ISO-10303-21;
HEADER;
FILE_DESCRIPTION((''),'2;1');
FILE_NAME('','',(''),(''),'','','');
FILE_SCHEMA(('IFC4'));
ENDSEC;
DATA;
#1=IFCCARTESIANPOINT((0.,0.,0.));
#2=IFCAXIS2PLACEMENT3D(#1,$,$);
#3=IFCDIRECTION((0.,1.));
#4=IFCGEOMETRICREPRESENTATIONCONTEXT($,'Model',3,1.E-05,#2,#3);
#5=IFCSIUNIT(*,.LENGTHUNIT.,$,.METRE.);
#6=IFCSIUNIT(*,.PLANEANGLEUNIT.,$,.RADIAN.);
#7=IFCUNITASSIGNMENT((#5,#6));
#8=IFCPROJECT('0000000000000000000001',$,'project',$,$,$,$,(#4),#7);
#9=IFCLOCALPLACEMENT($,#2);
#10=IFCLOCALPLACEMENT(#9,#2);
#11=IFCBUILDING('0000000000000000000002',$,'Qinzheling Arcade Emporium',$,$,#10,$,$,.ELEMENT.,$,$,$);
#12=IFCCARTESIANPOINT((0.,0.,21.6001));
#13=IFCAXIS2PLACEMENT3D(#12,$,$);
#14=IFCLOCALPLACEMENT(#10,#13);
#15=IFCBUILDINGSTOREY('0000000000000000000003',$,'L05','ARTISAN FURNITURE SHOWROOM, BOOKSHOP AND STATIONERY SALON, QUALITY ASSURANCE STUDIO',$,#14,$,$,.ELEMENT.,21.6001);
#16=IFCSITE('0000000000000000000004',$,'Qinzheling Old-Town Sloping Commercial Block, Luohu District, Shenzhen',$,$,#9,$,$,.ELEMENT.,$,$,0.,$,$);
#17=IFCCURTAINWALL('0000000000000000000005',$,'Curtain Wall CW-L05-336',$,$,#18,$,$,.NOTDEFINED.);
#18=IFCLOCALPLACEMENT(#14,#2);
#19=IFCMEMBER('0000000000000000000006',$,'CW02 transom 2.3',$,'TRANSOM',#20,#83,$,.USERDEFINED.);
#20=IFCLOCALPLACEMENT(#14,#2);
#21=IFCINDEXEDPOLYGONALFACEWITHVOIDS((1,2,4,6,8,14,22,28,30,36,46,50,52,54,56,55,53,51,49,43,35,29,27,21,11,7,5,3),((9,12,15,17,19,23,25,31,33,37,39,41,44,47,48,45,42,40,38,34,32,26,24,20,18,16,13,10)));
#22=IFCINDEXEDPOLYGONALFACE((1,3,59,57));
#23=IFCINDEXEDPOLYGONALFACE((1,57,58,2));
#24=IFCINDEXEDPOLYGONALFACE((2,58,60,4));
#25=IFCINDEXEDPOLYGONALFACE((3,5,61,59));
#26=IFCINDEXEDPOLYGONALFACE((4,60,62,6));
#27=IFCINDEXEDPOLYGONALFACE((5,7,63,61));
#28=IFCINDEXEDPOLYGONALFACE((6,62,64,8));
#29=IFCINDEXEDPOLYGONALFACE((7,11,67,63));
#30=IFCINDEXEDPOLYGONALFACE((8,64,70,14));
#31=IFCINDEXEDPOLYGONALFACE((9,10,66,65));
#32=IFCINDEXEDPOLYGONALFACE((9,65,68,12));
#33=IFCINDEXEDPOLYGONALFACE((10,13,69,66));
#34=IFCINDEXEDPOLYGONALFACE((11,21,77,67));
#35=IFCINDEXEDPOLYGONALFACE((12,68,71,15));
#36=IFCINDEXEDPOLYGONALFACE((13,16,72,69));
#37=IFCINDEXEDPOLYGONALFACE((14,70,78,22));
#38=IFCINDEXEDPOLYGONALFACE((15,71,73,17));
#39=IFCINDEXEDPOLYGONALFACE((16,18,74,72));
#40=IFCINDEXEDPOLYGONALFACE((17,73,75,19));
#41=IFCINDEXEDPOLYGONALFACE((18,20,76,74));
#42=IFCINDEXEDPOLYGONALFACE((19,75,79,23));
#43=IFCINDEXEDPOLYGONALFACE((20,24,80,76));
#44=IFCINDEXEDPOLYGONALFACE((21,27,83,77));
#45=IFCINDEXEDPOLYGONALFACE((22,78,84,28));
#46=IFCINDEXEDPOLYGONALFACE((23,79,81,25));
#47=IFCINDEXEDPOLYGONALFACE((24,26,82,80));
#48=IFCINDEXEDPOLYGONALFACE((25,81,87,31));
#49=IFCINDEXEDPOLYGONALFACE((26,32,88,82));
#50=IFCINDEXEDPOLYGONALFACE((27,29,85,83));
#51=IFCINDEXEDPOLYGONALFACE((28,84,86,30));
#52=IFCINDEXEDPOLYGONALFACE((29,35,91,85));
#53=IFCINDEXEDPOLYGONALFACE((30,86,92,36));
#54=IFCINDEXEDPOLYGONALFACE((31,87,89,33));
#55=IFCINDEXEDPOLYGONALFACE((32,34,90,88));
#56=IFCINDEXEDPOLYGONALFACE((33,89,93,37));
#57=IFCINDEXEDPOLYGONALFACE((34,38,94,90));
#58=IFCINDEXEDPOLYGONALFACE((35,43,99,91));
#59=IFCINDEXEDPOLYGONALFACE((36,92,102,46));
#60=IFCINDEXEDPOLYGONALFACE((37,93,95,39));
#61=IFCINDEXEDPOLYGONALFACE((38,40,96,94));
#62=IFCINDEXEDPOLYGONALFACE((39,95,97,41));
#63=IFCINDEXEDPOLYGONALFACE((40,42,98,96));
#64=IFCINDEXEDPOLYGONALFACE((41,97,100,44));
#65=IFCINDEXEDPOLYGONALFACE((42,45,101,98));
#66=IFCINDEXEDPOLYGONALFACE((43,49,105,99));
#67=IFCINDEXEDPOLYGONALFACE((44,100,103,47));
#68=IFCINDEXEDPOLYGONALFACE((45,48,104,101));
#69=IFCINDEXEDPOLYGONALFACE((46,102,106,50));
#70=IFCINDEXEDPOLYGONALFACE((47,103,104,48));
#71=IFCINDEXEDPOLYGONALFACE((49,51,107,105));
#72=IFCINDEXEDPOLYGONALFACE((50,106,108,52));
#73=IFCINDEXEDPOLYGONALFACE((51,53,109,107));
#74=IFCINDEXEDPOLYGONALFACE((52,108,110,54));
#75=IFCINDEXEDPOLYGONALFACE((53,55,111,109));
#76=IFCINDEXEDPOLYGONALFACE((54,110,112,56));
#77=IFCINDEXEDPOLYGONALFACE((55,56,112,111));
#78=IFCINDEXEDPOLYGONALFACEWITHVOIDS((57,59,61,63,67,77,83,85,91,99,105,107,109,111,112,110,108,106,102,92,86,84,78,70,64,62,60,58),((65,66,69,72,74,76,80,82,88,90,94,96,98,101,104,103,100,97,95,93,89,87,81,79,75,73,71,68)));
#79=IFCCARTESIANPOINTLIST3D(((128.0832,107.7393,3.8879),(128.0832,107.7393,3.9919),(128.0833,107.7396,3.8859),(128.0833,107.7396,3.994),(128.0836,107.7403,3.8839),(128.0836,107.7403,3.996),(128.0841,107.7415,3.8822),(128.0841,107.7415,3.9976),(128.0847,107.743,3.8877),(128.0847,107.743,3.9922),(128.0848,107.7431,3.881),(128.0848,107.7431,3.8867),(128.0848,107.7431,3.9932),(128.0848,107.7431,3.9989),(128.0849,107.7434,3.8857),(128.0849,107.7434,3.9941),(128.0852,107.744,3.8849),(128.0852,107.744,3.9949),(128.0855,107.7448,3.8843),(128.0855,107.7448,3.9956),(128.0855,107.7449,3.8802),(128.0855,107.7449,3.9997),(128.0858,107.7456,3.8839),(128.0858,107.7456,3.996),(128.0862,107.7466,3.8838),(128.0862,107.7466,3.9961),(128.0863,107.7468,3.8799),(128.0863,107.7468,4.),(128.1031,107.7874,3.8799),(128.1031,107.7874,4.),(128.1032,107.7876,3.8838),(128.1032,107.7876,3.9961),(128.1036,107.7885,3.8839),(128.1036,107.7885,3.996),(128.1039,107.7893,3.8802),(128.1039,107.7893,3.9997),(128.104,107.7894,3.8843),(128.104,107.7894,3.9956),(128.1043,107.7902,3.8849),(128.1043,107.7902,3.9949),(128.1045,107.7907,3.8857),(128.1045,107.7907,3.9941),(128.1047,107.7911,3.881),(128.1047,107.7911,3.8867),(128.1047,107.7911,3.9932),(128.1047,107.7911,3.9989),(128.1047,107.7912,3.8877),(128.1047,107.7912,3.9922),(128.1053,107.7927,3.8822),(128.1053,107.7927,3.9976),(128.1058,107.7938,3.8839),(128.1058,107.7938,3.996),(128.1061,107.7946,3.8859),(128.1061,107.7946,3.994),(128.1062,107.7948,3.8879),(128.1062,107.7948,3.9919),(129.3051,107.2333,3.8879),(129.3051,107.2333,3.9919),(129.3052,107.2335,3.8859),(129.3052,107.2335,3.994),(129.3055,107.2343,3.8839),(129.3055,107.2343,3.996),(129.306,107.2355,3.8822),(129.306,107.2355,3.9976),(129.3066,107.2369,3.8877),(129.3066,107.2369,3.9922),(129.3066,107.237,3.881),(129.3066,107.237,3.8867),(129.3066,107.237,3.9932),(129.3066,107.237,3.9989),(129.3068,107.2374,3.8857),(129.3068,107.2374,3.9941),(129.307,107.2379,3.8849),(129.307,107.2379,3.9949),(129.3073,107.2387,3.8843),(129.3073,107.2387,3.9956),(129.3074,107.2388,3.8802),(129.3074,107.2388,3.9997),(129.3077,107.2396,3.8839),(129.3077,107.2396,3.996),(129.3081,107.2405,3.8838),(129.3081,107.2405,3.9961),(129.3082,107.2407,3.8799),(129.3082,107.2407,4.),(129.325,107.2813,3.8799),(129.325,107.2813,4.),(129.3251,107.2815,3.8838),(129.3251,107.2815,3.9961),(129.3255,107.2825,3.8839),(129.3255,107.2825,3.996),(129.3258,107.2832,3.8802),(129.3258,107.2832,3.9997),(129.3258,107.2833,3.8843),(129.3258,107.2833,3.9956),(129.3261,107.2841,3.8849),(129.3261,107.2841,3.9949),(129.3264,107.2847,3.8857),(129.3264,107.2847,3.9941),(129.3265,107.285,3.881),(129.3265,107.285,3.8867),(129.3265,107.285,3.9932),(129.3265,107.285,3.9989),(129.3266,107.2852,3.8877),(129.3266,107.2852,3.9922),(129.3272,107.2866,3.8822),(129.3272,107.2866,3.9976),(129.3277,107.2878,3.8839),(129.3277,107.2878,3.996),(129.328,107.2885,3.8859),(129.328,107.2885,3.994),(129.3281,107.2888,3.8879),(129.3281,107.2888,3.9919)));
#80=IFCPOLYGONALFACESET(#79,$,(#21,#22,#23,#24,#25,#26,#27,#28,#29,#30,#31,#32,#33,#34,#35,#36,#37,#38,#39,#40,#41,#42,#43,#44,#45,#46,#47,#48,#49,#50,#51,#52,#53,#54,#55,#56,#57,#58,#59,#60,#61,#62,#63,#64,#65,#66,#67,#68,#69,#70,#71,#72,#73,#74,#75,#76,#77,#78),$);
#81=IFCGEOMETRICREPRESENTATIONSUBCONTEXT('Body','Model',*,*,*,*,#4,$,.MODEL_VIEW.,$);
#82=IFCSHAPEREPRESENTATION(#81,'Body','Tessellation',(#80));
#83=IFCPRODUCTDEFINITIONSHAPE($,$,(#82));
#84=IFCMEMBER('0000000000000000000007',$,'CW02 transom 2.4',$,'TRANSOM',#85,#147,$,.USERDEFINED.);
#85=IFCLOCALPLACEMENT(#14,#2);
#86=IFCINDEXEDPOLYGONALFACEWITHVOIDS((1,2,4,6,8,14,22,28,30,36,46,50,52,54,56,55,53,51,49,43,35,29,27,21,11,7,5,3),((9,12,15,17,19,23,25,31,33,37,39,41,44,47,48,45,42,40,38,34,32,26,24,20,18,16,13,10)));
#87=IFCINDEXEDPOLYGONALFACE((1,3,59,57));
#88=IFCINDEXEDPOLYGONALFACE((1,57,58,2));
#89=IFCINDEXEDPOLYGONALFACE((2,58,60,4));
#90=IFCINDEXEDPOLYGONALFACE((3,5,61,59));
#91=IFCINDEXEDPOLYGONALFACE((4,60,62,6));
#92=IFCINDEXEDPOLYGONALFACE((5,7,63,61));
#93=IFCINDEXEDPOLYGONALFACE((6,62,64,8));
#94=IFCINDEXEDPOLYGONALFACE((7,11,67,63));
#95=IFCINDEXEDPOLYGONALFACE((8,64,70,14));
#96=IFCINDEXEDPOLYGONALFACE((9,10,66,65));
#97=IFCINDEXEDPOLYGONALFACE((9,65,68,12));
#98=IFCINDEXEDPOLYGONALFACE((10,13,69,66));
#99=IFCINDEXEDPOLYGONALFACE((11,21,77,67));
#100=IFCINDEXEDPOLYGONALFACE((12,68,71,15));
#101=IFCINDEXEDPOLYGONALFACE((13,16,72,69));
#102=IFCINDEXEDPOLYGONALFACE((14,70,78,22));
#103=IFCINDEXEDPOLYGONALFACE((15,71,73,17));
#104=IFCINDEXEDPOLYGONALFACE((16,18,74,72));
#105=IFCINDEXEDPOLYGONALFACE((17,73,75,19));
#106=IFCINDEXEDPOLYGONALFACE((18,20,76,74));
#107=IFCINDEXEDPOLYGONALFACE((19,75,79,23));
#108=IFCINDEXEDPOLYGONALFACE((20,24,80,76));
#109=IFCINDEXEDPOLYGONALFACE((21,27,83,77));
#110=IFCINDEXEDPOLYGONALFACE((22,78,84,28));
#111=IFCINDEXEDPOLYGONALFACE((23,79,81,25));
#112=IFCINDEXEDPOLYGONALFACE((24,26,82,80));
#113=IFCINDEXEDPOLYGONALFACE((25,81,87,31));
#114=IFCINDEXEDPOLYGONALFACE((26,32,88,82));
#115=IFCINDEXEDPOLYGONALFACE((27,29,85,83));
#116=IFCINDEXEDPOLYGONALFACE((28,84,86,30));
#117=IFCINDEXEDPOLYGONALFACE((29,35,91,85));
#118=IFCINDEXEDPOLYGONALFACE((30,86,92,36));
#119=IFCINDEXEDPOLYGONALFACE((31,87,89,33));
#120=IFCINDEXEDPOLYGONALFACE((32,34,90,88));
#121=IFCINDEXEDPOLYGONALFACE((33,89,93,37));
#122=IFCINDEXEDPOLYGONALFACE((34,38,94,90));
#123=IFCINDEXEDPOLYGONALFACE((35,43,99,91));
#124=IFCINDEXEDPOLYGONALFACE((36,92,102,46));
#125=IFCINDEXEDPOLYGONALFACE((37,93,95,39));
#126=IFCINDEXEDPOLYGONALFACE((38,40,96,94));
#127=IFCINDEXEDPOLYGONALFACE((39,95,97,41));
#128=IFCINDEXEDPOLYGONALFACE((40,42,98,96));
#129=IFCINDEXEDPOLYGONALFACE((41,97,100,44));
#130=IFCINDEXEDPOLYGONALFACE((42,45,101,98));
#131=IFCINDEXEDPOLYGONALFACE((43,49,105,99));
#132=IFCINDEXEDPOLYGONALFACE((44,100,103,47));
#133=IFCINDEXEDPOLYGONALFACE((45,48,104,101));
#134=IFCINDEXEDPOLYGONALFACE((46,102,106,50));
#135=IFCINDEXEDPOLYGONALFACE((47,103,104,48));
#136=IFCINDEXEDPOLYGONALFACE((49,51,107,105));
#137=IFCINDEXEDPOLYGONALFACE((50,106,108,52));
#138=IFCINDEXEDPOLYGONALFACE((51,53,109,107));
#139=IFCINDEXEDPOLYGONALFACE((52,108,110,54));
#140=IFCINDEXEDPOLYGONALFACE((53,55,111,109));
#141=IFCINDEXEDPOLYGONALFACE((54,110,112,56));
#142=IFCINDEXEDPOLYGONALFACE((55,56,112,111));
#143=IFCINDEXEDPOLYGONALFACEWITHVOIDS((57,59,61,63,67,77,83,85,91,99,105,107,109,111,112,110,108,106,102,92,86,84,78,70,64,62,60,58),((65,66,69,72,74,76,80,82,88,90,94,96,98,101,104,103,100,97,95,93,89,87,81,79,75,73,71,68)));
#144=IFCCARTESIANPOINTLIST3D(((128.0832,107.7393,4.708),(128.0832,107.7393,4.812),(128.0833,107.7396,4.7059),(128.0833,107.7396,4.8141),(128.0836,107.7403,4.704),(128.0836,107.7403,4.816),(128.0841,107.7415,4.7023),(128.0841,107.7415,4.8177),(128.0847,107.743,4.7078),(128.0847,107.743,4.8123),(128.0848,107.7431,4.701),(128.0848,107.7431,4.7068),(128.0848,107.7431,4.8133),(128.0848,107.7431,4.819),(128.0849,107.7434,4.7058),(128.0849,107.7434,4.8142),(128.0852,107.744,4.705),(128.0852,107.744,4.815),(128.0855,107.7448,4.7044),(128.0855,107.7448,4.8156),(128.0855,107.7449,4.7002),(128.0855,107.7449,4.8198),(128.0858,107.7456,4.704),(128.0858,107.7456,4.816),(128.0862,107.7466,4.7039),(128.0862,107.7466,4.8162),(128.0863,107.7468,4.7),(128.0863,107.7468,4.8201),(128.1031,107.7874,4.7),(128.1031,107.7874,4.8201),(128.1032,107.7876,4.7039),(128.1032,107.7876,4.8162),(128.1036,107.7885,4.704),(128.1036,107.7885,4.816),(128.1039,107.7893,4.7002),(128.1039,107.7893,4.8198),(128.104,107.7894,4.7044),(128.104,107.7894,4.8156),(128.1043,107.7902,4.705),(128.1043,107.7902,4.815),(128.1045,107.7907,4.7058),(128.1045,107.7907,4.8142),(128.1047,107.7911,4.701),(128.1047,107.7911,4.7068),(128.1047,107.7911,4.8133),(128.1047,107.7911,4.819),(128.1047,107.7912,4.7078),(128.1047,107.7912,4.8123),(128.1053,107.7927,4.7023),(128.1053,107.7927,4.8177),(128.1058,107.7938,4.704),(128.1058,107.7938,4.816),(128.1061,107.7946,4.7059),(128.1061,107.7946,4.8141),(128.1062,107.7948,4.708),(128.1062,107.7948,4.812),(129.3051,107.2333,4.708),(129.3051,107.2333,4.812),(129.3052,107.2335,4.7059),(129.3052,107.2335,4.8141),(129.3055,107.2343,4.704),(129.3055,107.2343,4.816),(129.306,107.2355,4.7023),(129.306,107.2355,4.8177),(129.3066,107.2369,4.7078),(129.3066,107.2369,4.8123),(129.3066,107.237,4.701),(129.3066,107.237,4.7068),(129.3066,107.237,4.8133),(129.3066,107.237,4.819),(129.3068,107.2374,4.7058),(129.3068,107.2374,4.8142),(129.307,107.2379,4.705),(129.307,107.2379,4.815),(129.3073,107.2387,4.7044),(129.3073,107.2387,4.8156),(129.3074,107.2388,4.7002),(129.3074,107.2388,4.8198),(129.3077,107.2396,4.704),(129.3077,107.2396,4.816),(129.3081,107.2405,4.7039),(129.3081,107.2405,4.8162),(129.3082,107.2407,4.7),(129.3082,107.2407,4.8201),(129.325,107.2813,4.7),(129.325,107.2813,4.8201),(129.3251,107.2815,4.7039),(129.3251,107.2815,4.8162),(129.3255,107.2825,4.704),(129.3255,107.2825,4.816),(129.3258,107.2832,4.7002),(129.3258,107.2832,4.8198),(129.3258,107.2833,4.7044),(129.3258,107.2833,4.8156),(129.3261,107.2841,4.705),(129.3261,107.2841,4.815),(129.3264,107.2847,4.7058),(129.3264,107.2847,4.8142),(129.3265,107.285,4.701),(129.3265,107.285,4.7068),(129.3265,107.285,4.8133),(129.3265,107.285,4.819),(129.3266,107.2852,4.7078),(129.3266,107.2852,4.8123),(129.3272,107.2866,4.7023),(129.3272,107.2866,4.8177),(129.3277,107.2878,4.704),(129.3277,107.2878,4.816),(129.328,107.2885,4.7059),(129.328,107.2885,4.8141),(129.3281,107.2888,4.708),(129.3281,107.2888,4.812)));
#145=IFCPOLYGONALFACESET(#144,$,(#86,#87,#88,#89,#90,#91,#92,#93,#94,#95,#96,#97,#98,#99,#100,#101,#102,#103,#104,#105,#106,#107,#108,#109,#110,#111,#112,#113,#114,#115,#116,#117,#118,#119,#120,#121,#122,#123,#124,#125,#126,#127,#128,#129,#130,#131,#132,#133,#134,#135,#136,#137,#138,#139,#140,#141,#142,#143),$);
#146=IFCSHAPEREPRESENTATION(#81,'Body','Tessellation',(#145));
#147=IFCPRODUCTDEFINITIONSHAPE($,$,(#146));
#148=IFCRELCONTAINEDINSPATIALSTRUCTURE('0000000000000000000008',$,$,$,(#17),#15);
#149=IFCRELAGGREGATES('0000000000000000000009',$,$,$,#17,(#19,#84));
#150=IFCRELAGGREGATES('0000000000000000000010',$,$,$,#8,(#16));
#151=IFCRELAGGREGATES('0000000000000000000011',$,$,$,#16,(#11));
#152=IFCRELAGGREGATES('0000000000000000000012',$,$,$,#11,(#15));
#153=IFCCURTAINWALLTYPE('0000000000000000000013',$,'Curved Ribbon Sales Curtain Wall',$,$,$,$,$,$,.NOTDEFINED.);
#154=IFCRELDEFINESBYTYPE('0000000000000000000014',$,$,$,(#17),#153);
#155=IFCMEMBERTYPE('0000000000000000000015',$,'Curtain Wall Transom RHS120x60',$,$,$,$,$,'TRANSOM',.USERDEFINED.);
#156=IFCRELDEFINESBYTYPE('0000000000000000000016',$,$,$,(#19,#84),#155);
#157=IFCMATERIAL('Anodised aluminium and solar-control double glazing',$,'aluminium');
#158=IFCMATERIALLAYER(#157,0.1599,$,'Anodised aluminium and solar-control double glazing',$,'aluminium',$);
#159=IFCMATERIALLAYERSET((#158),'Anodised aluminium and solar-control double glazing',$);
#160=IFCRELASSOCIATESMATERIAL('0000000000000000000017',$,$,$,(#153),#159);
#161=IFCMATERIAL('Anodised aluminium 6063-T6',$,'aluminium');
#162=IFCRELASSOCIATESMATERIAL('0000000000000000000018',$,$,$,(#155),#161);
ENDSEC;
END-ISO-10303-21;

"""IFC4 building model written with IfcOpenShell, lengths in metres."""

from ifc_helpers import new_model, si_unit, direction, frame, origin, origin_2d, place, context, subcontext, project, spatial, hollow_rectangle, extrude, material, layer, layer_set, material_profile, profile_set, type_object, element, aggregate, save


model = new_model("IFC4")

# Units and contexts
model_context = context("Model", 3, precision=1e-05, world=origin(), true_north=direction((0.0, 1.0)))
body_context = subcontext(model_context, "Body", "Model", "MODEL_VIEW")
ifc_project = project(units=[si_unit("LENGTHUNIT", "METRE"), si_unit("PLANEANGLEUNIT", "RADIAN")], contexts=[model_context])

# Site, building, storey
site_placement = place(None, origin())
site = spatial("IfcSite", under=ifc_project, at=site_placement, Name="Qinzheling Old-Town Sloping Commercial Block, Luohu District, Shenzhen", CompositionType="ELEMENT", RefElevation=0.0)
building_placement = place(site_placement, origin())
building = spatial("IfcBuilding", under=site, at=building_placement, Name="Qinzheling Arcade Emporium", CompositionType="ELEMENT")
storey_placement = place(building_placement, frame((0.0, 0.0, 21.6001)))
storey = spatial("IfcBuildingStorey", under=building, at=storey_placement, Name="L05", Description="ARTISAN FURNITURE SHOWROOM, BOOKSHOP AND STATIONERY SALON, QUALITY ASSURANCE STUDIO", CompositionType="ELEMENT", Elevation=21.6001)

# Shared definitions
ifc_material_1 = material(Name="Anodised aluminium and solar-control double glazing", Category="aluminium")
ifc_layer_1 = layer(ifc_material_1, 0.1599, Name="Anodised aluminium and solar-control double glazing", Category="aluminium")
ifc_layer_set_1 = layer_set([ifc_layer_1], Name="Anodised aluminium and solar-control double glazing")
curtain_wall_type = type_object("IfcCurtainWallType", Name="Curved Ribbon Sales Curtain Wall", PredefinedType="NOTDEFINED", material=ifc_layer_set_1)
ifc_material_2 = material(Name="Anodised aluminium 6063-T6", Category="aluminium")

# Curtain wall
curtain_wall_1_placement = place(storey_placement, origin())
curtain_wall_1 = element("IfcCurtainWall", 1, at=curtain_wall_1_placement, inside=storey, type_object=curtain_wall_type, Name="Curtain Wall CW-L05-336", PredefinedType="NOTDEFINED")

# Members
ifc_material_profile_1 = material_profile(ifc_material_2, hollow_rectangle(XDim=0.0601, YDim=0.1201, WallThickness=0.0039, InnerFilletRadius=0.0039, OuterFilletRadius=0.0081, at=origin_2d()), Name="RHS 120x60x4", Category="aluminium")
ifc_profile_set_1 = profile_set([ifc_material_profile_1], Name="Anodised aluminium 6063-T6")
member_type_1 = type_object("IfcMemberType", Name="Curtain Wall Transom RHS120x60", ElementType="TRANSOM", PredefinedType="USERDEFINED", material=ifc_profile_set_1)
member_1_placement = place(storey_placement, frame((128.0947, 107.7671, 3.9399), z_axis=(0.923889, -0.382662, 0.0), x_axis=(0.382662, 0.923889, 0.0)))
member_1 = element("IfcMember", 2, at=member_1_placement, type_object=member_type_1, Name="CW02 transom 2.3", ObjectType="TRANSOM", PredefinedType="USERDEFINED", context=body_context, shape_type="SweptSolid", body=[
    extrude(hollow_rectangle(XDim=0.0601, YDim=0.1201, WallThickness=0.0039, InnerFilletRadius=0.0039, OuterFilletRadius=0.0081, at=origin_2d()), origin(), (0.0, 0.0, 1.0), 1.3225),
])
member_2_placement = place(storey_placement, frame((128.0947, 107.7671, 4.76), z_axis=(0.923889, -0.382662, 0.0), x_axis=(0.382662, 0.923889, 0.0)))
member_2 = element("IfcMember", 3, at=member_2_placement, type_object=member_type_1, Name="CW02 transom 2.4", ObjectType="TRANSOM", PredefinedType="USERDEFINED", context=body_context, shape_type="SweptSolid", body=[
    extrude(hollow_rectangle(XDim=0.0601, YDim=0.1201, WallThickness=0.0039, InnerFilletRadius=0.0039, OuterFilletRadius=0.0081, at=origin_2d()), origin(), (0.0, 0.0, 1.0), 1.3225),
])

aggregate(curtain_wall_1, [member_1, member_2])

save(model, "model.ifc")
